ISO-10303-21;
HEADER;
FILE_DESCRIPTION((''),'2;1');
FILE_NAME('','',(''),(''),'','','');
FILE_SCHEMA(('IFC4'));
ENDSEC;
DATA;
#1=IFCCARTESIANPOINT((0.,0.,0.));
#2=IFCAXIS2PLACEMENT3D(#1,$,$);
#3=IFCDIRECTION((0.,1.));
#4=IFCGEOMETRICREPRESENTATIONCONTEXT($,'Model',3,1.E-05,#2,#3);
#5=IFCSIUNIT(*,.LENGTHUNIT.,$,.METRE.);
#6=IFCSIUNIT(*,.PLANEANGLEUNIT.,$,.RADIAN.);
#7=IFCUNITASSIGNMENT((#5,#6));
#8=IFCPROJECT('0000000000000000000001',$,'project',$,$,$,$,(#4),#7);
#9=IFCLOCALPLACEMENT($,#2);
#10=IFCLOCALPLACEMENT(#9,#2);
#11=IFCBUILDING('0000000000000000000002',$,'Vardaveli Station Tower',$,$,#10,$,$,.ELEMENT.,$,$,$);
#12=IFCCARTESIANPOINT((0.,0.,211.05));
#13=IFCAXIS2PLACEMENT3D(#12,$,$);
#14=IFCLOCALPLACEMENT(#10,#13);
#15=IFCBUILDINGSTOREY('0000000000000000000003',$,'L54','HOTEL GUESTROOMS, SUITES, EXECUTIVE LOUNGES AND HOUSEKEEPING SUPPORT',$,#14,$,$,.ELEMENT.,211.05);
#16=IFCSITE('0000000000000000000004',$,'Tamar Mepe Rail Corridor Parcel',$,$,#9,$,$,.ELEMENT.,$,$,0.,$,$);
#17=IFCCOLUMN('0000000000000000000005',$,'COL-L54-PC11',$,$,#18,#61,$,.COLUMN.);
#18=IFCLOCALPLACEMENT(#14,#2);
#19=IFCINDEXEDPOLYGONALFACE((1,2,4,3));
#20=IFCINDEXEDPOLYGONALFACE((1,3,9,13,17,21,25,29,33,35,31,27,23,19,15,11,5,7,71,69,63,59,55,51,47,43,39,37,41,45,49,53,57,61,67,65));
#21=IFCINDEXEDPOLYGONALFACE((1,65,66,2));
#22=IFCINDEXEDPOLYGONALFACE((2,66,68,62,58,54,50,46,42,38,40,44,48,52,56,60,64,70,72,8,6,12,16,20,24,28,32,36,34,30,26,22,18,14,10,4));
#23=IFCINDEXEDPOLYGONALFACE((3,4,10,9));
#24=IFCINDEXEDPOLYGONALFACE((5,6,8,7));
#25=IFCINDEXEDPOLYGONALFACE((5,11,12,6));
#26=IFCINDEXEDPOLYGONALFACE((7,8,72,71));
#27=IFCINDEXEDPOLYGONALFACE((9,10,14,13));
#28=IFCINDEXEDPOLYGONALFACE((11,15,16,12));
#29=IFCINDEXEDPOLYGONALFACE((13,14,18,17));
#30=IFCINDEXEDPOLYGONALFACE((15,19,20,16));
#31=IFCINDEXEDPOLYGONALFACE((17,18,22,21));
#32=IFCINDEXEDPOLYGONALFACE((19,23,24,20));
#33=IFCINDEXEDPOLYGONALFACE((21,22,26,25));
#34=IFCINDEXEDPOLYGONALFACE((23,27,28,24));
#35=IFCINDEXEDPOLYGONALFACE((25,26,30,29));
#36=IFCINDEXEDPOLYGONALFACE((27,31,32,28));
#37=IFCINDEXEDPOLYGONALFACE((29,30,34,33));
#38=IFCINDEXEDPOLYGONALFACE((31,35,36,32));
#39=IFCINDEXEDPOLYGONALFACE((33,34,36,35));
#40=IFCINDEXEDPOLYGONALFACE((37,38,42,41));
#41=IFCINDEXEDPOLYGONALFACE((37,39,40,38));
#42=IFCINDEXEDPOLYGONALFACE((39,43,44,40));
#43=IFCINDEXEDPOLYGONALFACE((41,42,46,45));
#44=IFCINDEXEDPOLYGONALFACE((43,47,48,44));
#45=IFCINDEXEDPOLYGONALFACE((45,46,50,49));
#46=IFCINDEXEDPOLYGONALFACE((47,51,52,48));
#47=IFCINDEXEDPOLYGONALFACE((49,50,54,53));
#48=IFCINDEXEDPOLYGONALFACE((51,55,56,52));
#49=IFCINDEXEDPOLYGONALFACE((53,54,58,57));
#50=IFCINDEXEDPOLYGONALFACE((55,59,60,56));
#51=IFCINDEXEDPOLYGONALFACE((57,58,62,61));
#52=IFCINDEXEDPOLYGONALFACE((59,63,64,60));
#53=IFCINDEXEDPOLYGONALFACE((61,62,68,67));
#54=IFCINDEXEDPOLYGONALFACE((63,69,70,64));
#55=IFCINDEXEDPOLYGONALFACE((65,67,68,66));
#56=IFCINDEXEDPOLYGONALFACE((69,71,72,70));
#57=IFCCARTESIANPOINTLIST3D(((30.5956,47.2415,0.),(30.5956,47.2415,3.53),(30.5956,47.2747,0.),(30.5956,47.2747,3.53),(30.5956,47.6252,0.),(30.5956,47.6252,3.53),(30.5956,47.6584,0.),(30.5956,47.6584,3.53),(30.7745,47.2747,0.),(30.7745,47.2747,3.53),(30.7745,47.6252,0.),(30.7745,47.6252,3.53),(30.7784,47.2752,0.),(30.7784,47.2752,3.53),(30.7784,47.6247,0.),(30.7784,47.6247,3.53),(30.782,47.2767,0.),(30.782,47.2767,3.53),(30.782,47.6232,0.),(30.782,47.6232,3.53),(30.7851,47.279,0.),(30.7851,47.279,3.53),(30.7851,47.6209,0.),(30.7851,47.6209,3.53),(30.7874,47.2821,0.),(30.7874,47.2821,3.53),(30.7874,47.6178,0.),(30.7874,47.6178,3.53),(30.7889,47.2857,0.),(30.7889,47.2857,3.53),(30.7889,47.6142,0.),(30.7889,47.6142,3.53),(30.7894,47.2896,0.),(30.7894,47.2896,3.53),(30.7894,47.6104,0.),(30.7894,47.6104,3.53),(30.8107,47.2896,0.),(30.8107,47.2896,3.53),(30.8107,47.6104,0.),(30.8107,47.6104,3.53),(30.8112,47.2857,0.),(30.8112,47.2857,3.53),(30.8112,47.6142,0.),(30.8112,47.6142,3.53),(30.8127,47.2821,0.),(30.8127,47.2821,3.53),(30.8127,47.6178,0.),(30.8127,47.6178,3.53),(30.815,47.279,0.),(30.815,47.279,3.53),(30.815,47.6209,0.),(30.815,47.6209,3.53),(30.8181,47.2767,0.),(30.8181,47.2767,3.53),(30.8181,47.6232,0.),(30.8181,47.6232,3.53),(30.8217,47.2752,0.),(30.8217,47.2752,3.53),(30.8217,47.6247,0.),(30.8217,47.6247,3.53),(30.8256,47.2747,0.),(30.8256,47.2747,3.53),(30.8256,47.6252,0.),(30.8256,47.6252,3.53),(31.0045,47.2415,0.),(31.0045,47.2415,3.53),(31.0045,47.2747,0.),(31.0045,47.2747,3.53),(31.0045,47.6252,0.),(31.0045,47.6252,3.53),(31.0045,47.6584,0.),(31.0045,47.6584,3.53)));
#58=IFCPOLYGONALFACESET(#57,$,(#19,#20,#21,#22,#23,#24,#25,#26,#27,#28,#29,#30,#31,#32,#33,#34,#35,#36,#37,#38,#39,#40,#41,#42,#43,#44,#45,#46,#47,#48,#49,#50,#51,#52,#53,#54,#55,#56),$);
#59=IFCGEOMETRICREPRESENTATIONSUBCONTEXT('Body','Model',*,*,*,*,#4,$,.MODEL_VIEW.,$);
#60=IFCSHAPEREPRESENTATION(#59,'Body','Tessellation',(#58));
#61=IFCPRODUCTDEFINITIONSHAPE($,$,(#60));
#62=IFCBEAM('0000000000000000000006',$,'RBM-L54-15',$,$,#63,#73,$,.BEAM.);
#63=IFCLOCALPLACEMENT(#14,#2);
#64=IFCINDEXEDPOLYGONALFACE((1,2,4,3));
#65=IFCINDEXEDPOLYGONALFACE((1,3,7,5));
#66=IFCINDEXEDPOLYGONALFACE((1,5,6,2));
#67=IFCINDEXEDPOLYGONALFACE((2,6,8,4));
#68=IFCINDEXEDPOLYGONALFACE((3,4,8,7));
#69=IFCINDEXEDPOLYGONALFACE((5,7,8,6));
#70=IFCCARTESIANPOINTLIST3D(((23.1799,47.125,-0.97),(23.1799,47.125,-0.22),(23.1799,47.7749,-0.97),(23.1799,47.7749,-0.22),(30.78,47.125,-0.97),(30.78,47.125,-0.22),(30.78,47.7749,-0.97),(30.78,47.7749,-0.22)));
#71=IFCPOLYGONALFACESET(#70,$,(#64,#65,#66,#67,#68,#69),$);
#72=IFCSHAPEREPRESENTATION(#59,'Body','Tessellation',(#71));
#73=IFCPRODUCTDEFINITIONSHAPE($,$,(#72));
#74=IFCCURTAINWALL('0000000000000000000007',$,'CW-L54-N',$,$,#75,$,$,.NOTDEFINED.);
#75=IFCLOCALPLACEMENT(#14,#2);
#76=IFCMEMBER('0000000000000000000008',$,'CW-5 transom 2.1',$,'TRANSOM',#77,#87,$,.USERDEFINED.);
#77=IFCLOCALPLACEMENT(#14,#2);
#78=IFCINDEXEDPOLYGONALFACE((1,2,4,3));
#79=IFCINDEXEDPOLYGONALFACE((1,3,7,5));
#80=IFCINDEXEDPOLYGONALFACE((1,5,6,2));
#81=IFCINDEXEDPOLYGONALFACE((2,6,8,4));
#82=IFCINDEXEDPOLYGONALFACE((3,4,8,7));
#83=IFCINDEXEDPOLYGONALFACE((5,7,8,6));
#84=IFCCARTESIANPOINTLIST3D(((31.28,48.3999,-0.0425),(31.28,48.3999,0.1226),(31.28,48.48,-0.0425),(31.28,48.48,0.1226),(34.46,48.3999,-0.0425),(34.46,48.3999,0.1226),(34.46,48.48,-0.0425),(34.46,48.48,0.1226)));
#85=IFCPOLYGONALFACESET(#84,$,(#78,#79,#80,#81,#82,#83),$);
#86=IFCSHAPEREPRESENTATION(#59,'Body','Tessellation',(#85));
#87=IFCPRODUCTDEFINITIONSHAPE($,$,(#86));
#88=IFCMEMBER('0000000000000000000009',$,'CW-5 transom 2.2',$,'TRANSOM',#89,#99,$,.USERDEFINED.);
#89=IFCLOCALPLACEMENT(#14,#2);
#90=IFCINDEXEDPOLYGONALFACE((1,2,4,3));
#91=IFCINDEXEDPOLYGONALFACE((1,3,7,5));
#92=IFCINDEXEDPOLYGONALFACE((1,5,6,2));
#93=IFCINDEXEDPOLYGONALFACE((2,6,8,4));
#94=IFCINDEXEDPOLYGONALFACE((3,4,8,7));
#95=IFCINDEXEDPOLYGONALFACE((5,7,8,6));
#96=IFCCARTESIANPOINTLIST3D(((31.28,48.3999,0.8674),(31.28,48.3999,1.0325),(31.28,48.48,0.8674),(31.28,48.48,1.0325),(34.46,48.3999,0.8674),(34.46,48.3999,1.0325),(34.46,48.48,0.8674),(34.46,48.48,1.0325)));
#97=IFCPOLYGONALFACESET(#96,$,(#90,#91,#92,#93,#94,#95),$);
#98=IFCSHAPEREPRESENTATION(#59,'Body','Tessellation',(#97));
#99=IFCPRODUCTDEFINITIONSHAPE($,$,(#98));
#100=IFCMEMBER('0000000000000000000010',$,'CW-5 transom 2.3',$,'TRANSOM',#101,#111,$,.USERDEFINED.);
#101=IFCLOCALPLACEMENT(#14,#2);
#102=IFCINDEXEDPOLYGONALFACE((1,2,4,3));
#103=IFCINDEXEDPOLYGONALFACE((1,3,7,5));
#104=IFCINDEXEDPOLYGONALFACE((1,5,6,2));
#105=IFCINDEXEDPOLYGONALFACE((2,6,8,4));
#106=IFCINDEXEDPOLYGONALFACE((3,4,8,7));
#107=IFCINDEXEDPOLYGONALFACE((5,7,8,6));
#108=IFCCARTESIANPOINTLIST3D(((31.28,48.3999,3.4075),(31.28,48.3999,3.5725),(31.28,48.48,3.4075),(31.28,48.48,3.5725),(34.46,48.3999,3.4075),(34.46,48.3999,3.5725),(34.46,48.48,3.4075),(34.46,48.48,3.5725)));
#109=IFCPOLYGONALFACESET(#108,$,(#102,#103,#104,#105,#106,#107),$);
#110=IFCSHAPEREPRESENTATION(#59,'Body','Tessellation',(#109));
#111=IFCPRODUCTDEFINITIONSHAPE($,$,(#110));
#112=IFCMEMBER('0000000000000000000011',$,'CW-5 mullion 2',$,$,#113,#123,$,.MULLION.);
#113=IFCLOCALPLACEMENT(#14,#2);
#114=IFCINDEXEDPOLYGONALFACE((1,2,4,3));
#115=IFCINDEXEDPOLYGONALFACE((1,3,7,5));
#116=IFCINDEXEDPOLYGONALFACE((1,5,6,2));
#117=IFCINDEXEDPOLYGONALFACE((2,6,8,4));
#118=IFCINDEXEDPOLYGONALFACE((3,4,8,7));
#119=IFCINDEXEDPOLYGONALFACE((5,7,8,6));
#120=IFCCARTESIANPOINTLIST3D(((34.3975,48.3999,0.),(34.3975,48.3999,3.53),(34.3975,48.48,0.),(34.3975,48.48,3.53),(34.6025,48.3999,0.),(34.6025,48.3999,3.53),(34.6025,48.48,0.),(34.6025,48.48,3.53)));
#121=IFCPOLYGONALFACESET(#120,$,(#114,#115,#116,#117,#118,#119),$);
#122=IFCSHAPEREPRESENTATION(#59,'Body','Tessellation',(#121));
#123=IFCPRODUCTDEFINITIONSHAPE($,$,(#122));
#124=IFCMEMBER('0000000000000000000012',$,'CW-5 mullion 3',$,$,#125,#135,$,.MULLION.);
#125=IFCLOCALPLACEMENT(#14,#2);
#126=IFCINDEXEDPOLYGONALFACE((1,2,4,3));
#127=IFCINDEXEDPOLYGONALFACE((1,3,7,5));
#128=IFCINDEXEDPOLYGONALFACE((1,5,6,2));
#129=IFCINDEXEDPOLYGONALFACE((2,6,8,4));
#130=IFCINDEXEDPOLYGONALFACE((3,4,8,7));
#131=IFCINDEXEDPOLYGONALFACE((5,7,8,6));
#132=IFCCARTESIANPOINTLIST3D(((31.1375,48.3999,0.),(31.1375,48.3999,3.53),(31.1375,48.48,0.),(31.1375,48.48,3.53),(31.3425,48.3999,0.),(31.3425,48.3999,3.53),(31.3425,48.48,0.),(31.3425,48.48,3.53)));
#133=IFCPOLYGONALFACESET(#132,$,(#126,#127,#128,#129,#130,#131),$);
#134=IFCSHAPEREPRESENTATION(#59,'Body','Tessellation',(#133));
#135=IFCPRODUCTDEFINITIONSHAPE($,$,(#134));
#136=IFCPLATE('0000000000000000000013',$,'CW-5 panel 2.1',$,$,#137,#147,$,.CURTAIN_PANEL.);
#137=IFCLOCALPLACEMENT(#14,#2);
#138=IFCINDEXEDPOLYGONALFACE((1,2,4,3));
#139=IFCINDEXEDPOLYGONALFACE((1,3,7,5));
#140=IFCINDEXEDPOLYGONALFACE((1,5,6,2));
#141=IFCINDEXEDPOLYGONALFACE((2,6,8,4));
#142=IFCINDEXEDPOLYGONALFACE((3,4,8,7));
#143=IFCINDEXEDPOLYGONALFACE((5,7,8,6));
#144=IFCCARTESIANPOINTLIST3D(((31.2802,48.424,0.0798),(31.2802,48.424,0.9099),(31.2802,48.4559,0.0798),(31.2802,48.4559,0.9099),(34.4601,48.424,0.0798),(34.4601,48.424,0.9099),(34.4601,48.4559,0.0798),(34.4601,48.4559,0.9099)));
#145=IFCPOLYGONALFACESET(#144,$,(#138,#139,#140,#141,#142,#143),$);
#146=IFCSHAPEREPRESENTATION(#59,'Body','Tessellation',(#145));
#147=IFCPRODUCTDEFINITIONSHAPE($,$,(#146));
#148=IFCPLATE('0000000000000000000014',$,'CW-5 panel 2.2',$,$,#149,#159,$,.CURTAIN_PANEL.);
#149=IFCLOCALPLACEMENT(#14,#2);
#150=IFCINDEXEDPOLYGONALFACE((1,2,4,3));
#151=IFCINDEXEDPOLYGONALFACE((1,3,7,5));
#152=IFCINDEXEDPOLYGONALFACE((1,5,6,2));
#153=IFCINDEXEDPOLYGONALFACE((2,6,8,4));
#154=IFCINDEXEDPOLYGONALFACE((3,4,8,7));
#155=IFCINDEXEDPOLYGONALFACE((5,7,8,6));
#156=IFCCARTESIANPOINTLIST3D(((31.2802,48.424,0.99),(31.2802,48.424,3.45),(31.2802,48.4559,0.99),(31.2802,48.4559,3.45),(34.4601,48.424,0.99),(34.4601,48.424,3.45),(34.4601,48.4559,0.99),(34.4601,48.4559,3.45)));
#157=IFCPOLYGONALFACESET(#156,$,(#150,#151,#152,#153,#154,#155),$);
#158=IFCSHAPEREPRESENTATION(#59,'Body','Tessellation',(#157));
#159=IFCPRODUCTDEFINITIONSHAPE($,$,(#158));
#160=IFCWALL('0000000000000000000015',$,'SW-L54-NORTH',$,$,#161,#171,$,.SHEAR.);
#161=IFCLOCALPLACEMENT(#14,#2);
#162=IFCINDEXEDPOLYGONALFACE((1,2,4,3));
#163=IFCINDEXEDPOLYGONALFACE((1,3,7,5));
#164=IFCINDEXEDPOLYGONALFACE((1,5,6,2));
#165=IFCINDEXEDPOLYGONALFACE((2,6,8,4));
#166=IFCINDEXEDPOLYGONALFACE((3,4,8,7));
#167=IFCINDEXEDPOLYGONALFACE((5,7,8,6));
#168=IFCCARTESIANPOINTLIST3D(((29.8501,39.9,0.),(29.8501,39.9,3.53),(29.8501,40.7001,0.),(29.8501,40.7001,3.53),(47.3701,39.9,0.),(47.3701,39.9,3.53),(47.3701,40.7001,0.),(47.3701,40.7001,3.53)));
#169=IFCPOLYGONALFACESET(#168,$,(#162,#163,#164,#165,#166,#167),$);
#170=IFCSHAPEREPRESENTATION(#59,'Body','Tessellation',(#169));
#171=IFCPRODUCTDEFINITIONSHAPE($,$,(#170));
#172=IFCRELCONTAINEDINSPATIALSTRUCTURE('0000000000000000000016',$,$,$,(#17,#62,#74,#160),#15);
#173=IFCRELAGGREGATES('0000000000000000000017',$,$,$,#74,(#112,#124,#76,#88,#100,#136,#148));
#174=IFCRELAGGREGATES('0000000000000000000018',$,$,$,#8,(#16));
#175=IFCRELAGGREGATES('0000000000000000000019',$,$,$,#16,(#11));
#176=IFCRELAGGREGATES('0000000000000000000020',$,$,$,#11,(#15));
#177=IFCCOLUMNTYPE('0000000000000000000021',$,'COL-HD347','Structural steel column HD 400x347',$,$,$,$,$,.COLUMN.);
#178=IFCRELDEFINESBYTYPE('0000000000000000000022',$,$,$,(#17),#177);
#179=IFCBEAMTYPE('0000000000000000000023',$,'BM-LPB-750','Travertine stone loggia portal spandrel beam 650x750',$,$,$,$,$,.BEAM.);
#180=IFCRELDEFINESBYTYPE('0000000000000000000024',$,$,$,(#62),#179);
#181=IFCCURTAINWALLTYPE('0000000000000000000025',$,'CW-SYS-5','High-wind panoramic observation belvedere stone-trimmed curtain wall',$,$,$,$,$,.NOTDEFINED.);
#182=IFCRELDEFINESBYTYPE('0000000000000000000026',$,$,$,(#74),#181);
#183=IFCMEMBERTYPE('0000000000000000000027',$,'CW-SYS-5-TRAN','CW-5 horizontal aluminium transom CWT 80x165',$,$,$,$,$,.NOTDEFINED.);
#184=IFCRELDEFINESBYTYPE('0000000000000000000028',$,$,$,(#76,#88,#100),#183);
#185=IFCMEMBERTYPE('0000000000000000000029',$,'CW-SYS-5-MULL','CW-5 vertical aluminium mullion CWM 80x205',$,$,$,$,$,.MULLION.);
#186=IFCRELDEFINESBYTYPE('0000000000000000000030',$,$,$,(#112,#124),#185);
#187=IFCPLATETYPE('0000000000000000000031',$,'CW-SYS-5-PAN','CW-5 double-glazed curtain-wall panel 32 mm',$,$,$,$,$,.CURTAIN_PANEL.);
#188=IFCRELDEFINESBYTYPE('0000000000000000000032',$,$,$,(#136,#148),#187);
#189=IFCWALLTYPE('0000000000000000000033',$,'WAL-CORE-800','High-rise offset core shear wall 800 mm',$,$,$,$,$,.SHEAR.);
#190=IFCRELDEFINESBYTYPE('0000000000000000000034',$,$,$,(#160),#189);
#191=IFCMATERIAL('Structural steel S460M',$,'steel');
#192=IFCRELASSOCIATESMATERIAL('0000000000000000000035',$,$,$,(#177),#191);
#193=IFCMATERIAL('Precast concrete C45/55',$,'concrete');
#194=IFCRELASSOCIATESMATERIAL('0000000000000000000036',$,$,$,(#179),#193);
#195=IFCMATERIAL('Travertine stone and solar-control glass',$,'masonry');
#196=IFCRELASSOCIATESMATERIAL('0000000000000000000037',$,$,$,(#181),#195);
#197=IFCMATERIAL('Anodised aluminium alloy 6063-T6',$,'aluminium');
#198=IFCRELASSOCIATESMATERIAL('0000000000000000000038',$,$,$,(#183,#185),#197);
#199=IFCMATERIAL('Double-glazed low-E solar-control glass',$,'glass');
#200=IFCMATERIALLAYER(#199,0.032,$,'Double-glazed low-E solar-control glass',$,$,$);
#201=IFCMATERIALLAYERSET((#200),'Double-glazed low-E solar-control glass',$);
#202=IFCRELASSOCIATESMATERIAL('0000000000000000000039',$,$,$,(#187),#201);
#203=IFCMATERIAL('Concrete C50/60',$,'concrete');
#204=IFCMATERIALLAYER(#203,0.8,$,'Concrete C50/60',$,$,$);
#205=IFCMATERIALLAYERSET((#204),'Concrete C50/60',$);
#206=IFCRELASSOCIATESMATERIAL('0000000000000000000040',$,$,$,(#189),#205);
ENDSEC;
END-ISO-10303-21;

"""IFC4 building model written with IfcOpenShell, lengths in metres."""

from ifc_helpers import new_model, si_unit, direction, frame, frame_2d, origin, origin_2d, place, context, subcontext, project, spatial, rectangle, i_section, extrude, source, transform, mapped, material, layer, layer_set, material_profile, profile_set, type_object, element, aggregate, save


model = new_model("IFC4")

# Units and contexts
model_context = context("Model", 3, precision=1e-05, world=origin(), true_north=direction((0.0, 1.0)))
body_context = subcontext(model_context, "Body", "Model", "MODEL_VIEW")
ifc_project = project(units=[si_unit("LENGTHUNIT", "METRE"), si_unit("PLANEANGLEUNIT", "RADIAN")], contexts=[model_context])

# Site, building, storey
site_placement = place(None, origin())
site = spatial("IfcSite", under=ifc_project, at=site_placement, Name="Tamar Mepe Rail Corridor Parcel", CompositionType="ELEMENT", RefElevation=0.0)
building_placement = place(site_placement, origin())
building = spatial("IfcBuilding", under=site, at=building_placement, Name="Vardaveli Station Tower", CompositionType="ELEMENT")
storey_placement = place(building_placement, frame((0.0, 0.0, 211.05)))
storey = spatial("IfcBuildingStorey", under=building, at=storey_placement, Name="L54", Description="HOTEL GUESTROOMS, SUITES, EXECUTIVE LOUNGES AND HOUSEKEEPING SUPPORT", CompositionType="ELEMENT", Elevation=211.05)

# Column
ifc_material_1 = material(Name="Structural steel S460M", Category="steel")
ifc_material_profile_1 = material_profile(ifc_material_1, i_section(OverallWidth=0.4089, OverallDepth=0.417, WebThickness=0.0212, FlangeThickness=0.0332, FilletRadius=0.0149, at=origin_2d()), Name="HD 400x347")
ifc_profile_set_1 = profile_set([ifc_material_profile_1], Name="Structural steel S460M")
column_type = type_object("IfcColumnType", Name="COL-HD347", Description="Structural steel column HD 400x347", PredefinedType="COLUMN", material=ifc_profile_set_1)
shared_shape_1 = source(origin(), body_context, "Body", "SweptSolid", [
    extrude(i_section(OverallWidth=0.4089, OverallDepth=0.417, WebThickness=0.0212, FlangeThickness=0.0332, FilletRadius=0.0149, at=origin_2d()), origin(), (0.0, 0.0, 1.0), 3.53),
])
column_placement = place(storey_placement, frame((30.8, 47.45, 0.0), z_axis=(0.0, 0.0, 1.0), x_axis=(1.0, 0.0, 0.0)))
element("IfcColumn", 1, at=column_placement, inside=storey, type_object=column_type, Name="COL-L54-PC11", PredefinedType="COLUMN", context=body_context, shape_type="MappedRepresentation", body=[
    mapped(shared_shape_1, transform((0.0, 0.0, 0.0), scale=1.0)),
])

# Beam
ifc_material_2 = material(Name="Precast concrete C45/55", Category="concrete")
ifc_material_profile_2 = material_profile(ifc_material_2, rectangle(XDim=0.6499, YDim=0.75, at=origin_2d()), Name="LPB 650x750")
ifc_profile_set_2 = profile_set([ifc_material_profile_2], Name="Precast concrete C45/55")
beam_type = type_object("IfcBeamType", Name="BM-LPB-750", Description="Travertine stone loggia portal spandrel beam 650x750", PredefinedType="BEAM", material=ifc_profile_set_2)
shared_shape_2 = source(origin(), body_context, "Body", "SweptSolid", [
    extrude(rectangle(XDim=0.6499, YDim=0.75, at=origin_2d()), origin(), (0.0, 0.0, 1.0), 7.6001),
])
beam_placement = place(storey_placement, frame((30.78, 47.45, -0.595), z_axis=(-1.0, 0.0, 0.0), x_axis=(0.0, -1.0, 0.0)))
element("IfcBeam", 2, at=beam_placement, inside=storey, type_object=beam_type, Name="RBM-L54-15", PredefinedType="BEAM", context=body_context, shape_type="MappedRepresentation", body=[
    mapped(shared_shape_2, transform((0.0, 0.0, 0.0), scale=1.0)),
])

# Curtain wall, members, plates
ifc_material_3 = material(Name="Travertine stone and solar-control glass", Category="masonry")
curtain_wall_type = type_object("IfcCurtainWallType", Name="CW-SYS-5", Description="High-wind panoramic observation belvedere stone-trimmed curtain wall", PredefinedType="NOTDEFINED", material=ifc_material_3)
curtain_wall_placement = place(storey_placement, origin())
curtain_wall = element("IfcCurtainWall", 3, at=curtain_wall_placement, inside=storey, type_object=curtain_wall_type, Name="CW-L54-N", PredefinedType="NOTDEFINED")
ifc_material_4 = material(Name="Anodised aluminium alloy 6063-T6", Category="aluminium")
ifc_material_profile_3 = material_profile(ifc_material_4, rectangle(XDim=0.0801, YDim=0.165, at=origin_2d()), Name="CWT 80x165")
ifc_profile_set_3 = profile_set([ifc_material_profile_3], Name="Anodised aluminium alloy 6063-T6")
member_type_1 = type_object("IfcMemberType", Name="CW-SYS-5-TRAN", Description="CW-5 horizontal aluminium transom CWT 80x165", PredefinedType="NOTDEFINED", material=ifc_profile_set_3)
shared_shape_3 = source(origin(), body_context, "Body", "SweptSolid", [
    extrude(rectangle(XDim=0.0801, YDim=0.165, at=origin_2d()), origin(), (0.0, 0.0, 1.0), 3.1799),
])
member_1_placement = place(storey_placement, frame((34.46, 48.4399, 0.04), z_axis=(-1.0, 0.0, 0.0), x_axis=(0.0, -1.0, 0.0)))
member_1 = element("IfcMember", 4, at=member_1_placement, type_object=member_type_1, Name="CW-5 transom 2.1", ObjectType="TRANSOM", PredefinedType="USERDEFINED", context=body_context, shape_type="MappedRepresentation", body=[
    mapped(shared_shape_3, transform((0.0, 0.0, 0.0), scale=1.0)),
])
member_2_placement = place(storey_placement, frame((34.46, 48.4399, 0.95), z_axis=(-1.0, 0.0, 0.0), x_axis=(0.0, -1.0, 0.0)))
member_2 = element("IfcMember", 5, at=member_2_placement, type_object=member_type_1, Name="CW-5 transom 2.2", ObjectType="TRANSOM", PredefinedType="USERDEFINED", context=body_context, shape_type="MappedRepresentation", body=[
    mapped(shared_shape_3, transform((0.0, 0.0, 0.0), scale=1.0)),
])
member_3_placement = place(storey_placement, frame((34.46, 48.4399, 3.49), z_axis=(-1.0, 0.0, 0.0), x_axis=(0.0, -1.0, 0.0)))
member_3 = element("IfcMember", 6, at=member_3_placement, type_object=member_type_1, Name="CW-5 transom 2.3", ObjectType="TRANSOM", PredefinedType="USERDEFINED", context=body_context, shape_type="MappedRepresentation", body=[
    mapped(shared_shape_3, transform((0.0, 0.0, 0.0), scale=1.0)),
])
ifc_material_profile_4 = material_profile(ifc_material_4, rectangle(XDim=0.0801, YDim=0.2051, at=origin_2d()), Name="CWM 80x205")
ifc_profile_set_4 = profile_set([ifc_material_profile_4], Name="Anodised aluminium alloy 6063-T6")
member_type_2 = type_object("IfcMemberType", Name="CW-SYS-5-MULL", Description="CW-5 vertical aluminium mullion CWM 80x205", PredefinedType="MULLION", material=ifc_profile_set_4)
shared_shape_4 = source(origin(), body_context, "Body", "SweptSolid", [
    extrude(rectangle(XDim=0.0801, YDim=0.2051, at=origin_2d()), origin(), (0.0, 0.0, 1.0), 3.53),
])
member_4_placement = place(storey_placement, frame((34.5, 48.4399, 0.0), z_axis=(0.0, 0.0, 1.0), x_axis=(0.0, -1.0, 0.0)))
member_4 = element("IfcMember", 7, at=member_4_placement, type_object=member_type_2, Name="CW-5 mullion 2", PredefinedType="MULLION", context=body_context, shape_type="MappedRepresentation", body=[
    mapped(shared_shape_4, transform((0.0, 0.0, 0.0), scale=1.0)),
])
member_5_placement = place(storey_placement, frame((31.24, 48.4399, 0.0), z_axis=(0.0, 0.0, 1.0), x_axis=(0.0, -1.0, 0.0)))
member_5 = element("IfcMember", 8, at=member_5_placement, type_object=member_type_2, Name="CW-5 mullion 3", PredefinedType="MULLION", context=body_context, shape_type="MappedRepresentation", body=[
    mapped(shared_shape_4, transform((0.0, 0.0, 0.0), scale=1.0)),
])
ifc_material_5 = material(Name="Double-glazed low-E solar-control glass", Category="glass")
ifc_layer_1 = layer(ifc_material_5, 0.032, Name="Double-glazed low-E solar-control glass")
ifc_layer_set_1 = layer_set([ifc_layer_1], Name="Double-glazed low-E solar-control glass")
plate_type = type_object("IfcPlateType", Name="CW-SYS-5-PAN", Description="CW-5 double-glazed curtain-wall panel 32 mm", PredefinedType="CURTAIN_PANEL", material=ifc_layer_set_1)
shared_shape_5 = source(origin(), body_context, "Body", "SweptSolid", [
    extrude(rectangle(XDim=3.1799, YDim=0.032, at=origin_2d()), origin(), (0.0, 0.0, 1.0), 0.8301),
])
plate_1_placement = place(storey_placement, frame((32.8701, 48.4399, 0.0798), z_axis=(0.0, 0.0, 1.0), x_axis=(-1.0, 0.0, 0.0)))
plate_1 = element("IfcPlate", 9, at=plate_1_placement, type_object=plate_type, Name="CW-5 panel 2.1", PredefinedType="CURTAIN_PANEL", context=body_context, shape_type="MappedRepresentation", body=[
    mapped(shared_shape_5, transform((0.0, 0.0, 0.0), scale=1.0)),
])
shared_shape_6 = source(origin(), body_context, "Body", "SweptSolid", [
    extrude(rectangle(XDim=3.1799, YDim=0.032, at=origin_2d()), origin(), (0.0, 0.0, 1.0), 2.46),
])
plate_2_placement = place(storey_placement, frame((32.8701, 48.4399, 0.99), z_axis=(0.0, 0.0, 1.0), x_axis=(-1.0, 0.0, 0.0)))
plate_2 = element("IfcPlate", 10, at=plate_2_placement, type_object=plate_type, Name="CW-5 panel 2.2", PredefinedType="CURTAIN_PANEL", context=body_context, shape_type="MappedRepresentation", body=[
    mapped(shared_shape_6, transform((0.0, 0.0, 0.0), scale=1.0)),
])
aggregate(curtain_wall, [member_4, member_5, member_1, member_2, member_3, plate_1, plate_2])

# Wall
ifc_material_6 = material(Name="Concrete C50/60", Category="concrete")
ifc_layer_2 = layer(ifc_material_6, 0.8, Name="Concrete C50/60")
ifc_layer_set_2 = layer_set([ifc_layer_2], Name="Concrete C50/60")
wall_type_1 = type_object("IfcWallType", Name="WAL-CORE-800", Description="High-rise offset core shear wall 800 mm", PredefinedType="SHEAR", material=ifc_layer_set_2)
shared_shape_7 = source(origin(), body_context, "Body", "SweptSolid", [
    extrude(rectangle(XDim=17.52, YDim=0.8, at=frame_2d((8.76, 0.0))), origin(), (0.0, 0.0, 1.0), 3.53),
])
wall_1_placement = place(storey_placement, frame((29.8501, 40.3, 0.0), z_axis=(0.0, 0.0, 1.0), x_axis=(1.0, 0.0, 0.0)))
element("IfcWall", 11, at=wall_1_placement, inside=storey, type_object=wall_type_1, Name="SW-L54-NORTH", PredefinedType="SHEAR", context=body_context, shape_type="MappedRepresentation", body=[
    mapped(shared_shape_7, transform((0.0, 0.0, 0.0), scale=1.0)),
])

save(model, "model.ifc")
